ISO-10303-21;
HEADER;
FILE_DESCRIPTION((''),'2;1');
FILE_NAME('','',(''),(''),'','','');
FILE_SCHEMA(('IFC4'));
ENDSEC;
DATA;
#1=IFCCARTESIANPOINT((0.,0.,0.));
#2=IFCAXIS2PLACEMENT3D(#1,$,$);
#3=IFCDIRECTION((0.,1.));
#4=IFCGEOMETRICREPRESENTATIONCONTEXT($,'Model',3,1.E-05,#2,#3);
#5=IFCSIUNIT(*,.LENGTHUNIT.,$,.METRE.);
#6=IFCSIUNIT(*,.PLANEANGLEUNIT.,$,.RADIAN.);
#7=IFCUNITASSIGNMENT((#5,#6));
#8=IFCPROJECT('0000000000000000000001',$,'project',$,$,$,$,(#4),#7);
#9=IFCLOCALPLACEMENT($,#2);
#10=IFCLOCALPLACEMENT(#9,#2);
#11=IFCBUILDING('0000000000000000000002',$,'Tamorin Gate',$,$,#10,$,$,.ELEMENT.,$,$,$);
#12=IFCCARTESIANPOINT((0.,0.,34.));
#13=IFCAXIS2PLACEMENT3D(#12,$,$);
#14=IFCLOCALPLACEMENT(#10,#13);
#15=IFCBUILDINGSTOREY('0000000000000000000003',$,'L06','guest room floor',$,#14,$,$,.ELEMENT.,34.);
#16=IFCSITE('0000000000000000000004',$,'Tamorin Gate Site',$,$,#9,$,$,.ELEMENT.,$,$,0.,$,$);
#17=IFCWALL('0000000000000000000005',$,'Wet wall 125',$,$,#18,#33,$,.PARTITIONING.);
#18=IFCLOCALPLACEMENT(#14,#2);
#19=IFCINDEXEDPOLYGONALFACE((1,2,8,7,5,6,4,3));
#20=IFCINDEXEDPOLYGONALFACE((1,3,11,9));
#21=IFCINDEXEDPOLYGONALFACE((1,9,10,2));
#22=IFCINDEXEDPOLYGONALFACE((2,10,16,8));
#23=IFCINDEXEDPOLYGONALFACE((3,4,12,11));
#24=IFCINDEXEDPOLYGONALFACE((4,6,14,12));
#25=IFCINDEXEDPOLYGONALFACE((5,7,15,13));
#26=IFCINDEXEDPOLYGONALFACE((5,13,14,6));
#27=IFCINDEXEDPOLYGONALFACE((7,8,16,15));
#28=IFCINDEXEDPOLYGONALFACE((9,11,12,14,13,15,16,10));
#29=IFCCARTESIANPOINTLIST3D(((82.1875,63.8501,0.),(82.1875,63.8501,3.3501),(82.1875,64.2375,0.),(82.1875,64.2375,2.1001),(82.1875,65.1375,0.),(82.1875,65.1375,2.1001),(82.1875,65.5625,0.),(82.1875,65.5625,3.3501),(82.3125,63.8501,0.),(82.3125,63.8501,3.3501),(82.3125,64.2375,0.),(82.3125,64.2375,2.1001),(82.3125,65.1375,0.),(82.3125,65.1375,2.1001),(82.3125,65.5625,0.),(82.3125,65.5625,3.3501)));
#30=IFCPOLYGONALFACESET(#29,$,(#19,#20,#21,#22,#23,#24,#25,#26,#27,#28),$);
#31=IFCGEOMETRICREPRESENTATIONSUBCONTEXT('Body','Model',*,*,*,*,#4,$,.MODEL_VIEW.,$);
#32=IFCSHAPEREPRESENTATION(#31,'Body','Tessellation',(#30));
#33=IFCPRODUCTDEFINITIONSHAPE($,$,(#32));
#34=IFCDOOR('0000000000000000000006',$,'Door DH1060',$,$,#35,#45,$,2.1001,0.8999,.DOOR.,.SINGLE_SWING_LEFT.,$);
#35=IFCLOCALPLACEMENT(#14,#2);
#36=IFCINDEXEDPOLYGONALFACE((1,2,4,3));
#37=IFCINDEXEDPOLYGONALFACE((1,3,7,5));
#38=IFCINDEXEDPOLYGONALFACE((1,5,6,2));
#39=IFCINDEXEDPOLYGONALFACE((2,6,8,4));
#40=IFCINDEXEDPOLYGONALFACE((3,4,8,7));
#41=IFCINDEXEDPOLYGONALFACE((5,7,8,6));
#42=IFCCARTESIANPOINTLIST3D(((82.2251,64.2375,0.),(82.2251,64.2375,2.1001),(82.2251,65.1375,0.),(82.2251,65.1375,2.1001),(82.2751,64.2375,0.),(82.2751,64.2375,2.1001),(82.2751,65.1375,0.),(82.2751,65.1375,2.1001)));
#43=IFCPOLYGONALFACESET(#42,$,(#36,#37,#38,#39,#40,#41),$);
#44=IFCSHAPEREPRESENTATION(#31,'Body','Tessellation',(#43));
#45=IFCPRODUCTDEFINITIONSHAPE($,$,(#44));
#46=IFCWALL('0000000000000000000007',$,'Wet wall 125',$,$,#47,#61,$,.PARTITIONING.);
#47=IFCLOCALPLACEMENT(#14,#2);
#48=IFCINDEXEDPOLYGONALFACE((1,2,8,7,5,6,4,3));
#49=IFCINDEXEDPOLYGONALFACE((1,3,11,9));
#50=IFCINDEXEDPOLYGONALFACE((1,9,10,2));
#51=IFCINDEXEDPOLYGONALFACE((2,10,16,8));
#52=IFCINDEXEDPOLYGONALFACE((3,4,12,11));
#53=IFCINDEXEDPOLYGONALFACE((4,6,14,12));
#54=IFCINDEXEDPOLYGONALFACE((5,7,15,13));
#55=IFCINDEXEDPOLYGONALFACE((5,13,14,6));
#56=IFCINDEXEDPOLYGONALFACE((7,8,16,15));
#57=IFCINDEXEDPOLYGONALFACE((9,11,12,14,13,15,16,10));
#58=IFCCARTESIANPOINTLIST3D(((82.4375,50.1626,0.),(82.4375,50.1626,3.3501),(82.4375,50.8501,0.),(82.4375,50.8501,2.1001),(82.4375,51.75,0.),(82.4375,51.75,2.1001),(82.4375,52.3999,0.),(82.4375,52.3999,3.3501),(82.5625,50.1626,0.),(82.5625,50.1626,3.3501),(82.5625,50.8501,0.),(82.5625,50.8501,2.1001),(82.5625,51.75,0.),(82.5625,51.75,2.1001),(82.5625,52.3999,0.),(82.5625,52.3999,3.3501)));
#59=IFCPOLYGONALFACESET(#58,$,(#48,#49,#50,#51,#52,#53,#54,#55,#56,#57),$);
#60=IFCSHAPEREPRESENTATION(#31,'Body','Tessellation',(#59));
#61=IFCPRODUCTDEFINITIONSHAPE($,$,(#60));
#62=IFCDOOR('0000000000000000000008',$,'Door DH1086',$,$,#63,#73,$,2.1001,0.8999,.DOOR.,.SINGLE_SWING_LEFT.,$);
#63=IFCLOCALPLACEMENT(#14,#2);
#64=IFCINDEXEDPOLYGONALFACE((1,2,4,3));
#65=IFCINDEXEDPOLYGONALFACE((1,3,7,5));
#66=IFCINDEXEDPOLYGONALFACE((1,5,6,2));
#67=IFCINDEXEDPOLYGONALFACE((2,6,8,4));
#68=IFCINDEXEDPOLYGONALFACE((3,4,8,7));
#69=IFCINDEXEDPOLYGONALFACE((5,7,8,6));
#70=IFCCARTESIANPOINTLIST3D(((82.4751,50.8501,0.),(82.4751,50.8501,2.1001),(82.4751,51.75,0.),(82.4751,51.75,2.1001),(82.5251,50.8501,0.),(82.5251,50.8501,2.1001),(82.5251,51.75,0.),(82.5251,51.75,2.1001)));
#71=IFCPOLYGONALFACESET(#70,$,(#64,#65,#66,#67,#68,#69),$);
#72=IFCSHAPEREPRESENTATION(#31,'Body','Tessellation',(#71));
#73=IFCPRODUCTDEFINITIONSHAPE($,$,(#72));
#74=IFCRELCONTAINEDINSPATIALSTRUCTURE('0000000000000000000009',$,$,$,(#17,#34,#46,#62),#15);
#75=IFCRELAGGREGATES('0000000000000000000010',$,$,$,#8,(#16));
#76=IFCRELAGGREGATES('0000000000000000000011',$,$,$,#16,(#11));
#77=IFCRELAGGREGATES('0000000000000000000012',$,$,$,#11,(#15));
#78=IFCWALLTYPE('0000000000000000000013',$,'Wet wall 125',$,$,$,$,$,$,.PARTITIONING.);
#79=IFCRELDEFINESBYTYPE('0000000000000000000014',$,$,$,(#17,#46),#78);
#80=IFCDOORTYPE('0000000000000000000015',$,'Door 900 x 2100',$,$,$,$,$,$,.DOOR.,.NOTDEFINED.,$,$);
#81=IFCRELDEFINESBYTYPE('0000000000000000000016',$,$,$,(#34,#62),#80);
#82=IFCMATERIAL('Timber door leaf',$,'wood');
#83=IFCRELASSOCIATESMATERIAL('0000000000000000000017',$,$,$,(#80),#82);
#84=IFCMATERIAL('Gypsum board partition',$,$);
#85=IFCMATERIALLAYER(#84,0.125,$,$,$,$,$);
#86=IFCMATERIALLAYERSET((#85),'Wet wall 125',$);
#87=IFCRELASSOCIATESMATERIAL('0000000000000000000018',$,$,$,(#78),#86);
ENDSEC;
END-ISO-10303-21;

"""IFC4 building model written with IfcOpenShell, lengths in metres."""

from ifc_helpers import new_model, si_unit, direction, frame, frame_2d, origin, place, context, subcontext, project, spatial, rectangle, extrude, material, layer, layer_set, type_object, element, fill, save


model = new_model("IFC4")

# Units and contexts
model_context = context("Model", 3, precision=1e-05, world=origin(), true_north=direction((0.0, 1.0)))
body_context = subcontext(model_context, "Body", "Model", "MODEL_VIEW")
ifc_project = project(units=[si_unit("LENGTHUNIT", "METRE"), si_unit("PLANEANGLEUNIT", "RADIAN")], contexts=[model_context])

# Site, building, storey
site_placement = place(None, origin())
site = spatial("IfcSite", under=ifc_project, at=site_placement, Name="Tamorin Gate Site", CompositionType="ELEMENT", RefElevation=0.0)
building_placement = place(site_placement, origin())
building = spatial("IfcBuilding", under=site, at=building_placement, Name="Tamorin Gate", CompositionType="ELEMENT")
storey_placement = place(building_placement, frame((0.0, 0.0, 34.0)))
storey = spatial("IfcBuildingStorey", under=building, at=storey_placement, Name="L06", Description="guest room floor", CompositionType="ELEMENT", Elevation=34.0)

# Walls, openings, doors
ifc_material_1 = material(Name="Gypsum board partition")
ifc_material_2 = material(Name="Timber door leaf", Category="wood")
door_type = type_object("IfcDoorType", Name="Door 900 x 2100", OperationType="NOTDEFINED", PredefinedType="DOOR", material=ifc_material_2)
ifc_layer_1 = layer(ifc_material_1, 0.125)
ifc_layer_set_1 = layer_set([ifc_layer_1], Name="Wet wall 125")
wall_type_1 = type_object("IfcWallType", Name="Wet wall 125", PredefinedType="PARTITIONING", material=ifc_layer_set_1)
wall_1_placement = place(storey_placement, frame((82.25, 63.8501, 0.0), z_axis=(0.0, 0.0, 1.0), x_axis=(0.0, 1.0, 0.0)))
wall_1 = element("IfcWall", 1, at=wall_1_placement, inside=storey, type_object=wall_type_1, Name="Wet wall 125", PredefinedType="PARTITIONING", context=body_context, shape_type="SweptSolid", body=[
    extrude(rectangle(XDim=1.7124, YDim=0.125, at=frame_2d((0.8562, 0.0))), origin(), (0.0, 0.0, 1.0), 3.3501),
])
opening_1_placement = place(wall_1_placement, frame((0.3875, 0.0, 0.0)))
opening_1 = element("IfcOpeningElement", 2, at=opening_1_placement, cuts=wall_1, PredefinedType="OPENING", context=body_context, shape_type="SweptSolid", body=[
    extrude(rectangle(XDim=0.8999, YDim=2.1001, at=frame_2d((0.45, 1.05))), frame((0.0, 0.0725, 0.0), z_axis=(0.0, -1.0, 0.0), x_axis=(1.0, 0.0, 0.0)), (0.0, 0.0, 1.0), 0.145),
])
door_1_placement = place(opening_1_placement, origin())
door_1 = element("IfcDoor", 3, at=door_1_placement, inside=storey, type_object=door_type, Name="Door DH1060", OperationType="SINGLE_SWING_LEFT", OverallHeight=2.1001, OverallWidth=0.8999, PredefinedType="DOOR", context=body_context, shape_type="SweptSolid", body=[
    extrude(rectangle(XDim=0.8999, YDim=2.1001, at=frame_2d((0.45, 1.05))), frame((0.0, 0.0249, 0.0), z_axis=(0.0, -1.0, 0.0), x_axis=(1.0, 0.0, 0.0)), (0.0, 0.0, 1.0), 0.05),
])
fill(opening_1, door_1)
wall_2_placement = place(storey_placement, frame((82.5, 50.1626, 0.0), z_axis=(0.0, 0.0, 1.0), x_axis=(0.0, 1.0, 0.0)))
wall_2 = element("IfcWall", 4, at=wall_2_placement, inside=storey, type_object=wall_type_1, Name="Wet wall 125", PredefinedType="PARTITIONING", context=body_context, shape_type="SweptSolid", body=[
    extrude(rectangle(XDim=2.2373, YDim=0.125, at=frame_2d((1.1187, 0.0))), origin(), (0.0, 0.0, 1.0), 3.3501),
])
opening_2_placement = place(wall_2_placement, frame((0.6875, 0.0, 0.0)))
opening_2 = element("IfcOpeningElement", 5, at=opening_2_placement, cuts=wall_2, PredefinedType="OPENING", context=body_context, shape_type="SweptSolid", body=[
    extrude(rectangle(XDim=0.8999, YDim=2.1001, at=frame_2d((0.45, 1.05))), frame((0.0, 0.0725, 0.0), z_axis=(0.0, -1.0, 0.0), x_axis=(1.0, 0.0, 0.0)), (0.0, 0.0, 1.0), 0.145),
])
door_2_placement = place(opening_2_placement, origin())
door_2 = element("IfcDoor", 6, at=door_2_placement, inside=storey, type_object=door_type, Name="Door DH1086", OperationType="SINGLE_SWING_LEFT", OverallHeight=2.1001, OverallWidth=0.8999, PredefinedType="DOOR", context=body_context, shape_type="SweptSolid", body=[
    extrude(rectangle(XDim=0.8999, YDim=2.1001, at=frame_2d((0.45, 1.05))), frame((0.0, 0.0249, 0.0), z_axis=(0.0, -1.0, 0.0), x_axis=(1.0, 0.0, 0.0)), (0.0, 0.0, 1.0), 0.05),
])
fill(opening_2, door_2)

save(model, "model.ifc")
